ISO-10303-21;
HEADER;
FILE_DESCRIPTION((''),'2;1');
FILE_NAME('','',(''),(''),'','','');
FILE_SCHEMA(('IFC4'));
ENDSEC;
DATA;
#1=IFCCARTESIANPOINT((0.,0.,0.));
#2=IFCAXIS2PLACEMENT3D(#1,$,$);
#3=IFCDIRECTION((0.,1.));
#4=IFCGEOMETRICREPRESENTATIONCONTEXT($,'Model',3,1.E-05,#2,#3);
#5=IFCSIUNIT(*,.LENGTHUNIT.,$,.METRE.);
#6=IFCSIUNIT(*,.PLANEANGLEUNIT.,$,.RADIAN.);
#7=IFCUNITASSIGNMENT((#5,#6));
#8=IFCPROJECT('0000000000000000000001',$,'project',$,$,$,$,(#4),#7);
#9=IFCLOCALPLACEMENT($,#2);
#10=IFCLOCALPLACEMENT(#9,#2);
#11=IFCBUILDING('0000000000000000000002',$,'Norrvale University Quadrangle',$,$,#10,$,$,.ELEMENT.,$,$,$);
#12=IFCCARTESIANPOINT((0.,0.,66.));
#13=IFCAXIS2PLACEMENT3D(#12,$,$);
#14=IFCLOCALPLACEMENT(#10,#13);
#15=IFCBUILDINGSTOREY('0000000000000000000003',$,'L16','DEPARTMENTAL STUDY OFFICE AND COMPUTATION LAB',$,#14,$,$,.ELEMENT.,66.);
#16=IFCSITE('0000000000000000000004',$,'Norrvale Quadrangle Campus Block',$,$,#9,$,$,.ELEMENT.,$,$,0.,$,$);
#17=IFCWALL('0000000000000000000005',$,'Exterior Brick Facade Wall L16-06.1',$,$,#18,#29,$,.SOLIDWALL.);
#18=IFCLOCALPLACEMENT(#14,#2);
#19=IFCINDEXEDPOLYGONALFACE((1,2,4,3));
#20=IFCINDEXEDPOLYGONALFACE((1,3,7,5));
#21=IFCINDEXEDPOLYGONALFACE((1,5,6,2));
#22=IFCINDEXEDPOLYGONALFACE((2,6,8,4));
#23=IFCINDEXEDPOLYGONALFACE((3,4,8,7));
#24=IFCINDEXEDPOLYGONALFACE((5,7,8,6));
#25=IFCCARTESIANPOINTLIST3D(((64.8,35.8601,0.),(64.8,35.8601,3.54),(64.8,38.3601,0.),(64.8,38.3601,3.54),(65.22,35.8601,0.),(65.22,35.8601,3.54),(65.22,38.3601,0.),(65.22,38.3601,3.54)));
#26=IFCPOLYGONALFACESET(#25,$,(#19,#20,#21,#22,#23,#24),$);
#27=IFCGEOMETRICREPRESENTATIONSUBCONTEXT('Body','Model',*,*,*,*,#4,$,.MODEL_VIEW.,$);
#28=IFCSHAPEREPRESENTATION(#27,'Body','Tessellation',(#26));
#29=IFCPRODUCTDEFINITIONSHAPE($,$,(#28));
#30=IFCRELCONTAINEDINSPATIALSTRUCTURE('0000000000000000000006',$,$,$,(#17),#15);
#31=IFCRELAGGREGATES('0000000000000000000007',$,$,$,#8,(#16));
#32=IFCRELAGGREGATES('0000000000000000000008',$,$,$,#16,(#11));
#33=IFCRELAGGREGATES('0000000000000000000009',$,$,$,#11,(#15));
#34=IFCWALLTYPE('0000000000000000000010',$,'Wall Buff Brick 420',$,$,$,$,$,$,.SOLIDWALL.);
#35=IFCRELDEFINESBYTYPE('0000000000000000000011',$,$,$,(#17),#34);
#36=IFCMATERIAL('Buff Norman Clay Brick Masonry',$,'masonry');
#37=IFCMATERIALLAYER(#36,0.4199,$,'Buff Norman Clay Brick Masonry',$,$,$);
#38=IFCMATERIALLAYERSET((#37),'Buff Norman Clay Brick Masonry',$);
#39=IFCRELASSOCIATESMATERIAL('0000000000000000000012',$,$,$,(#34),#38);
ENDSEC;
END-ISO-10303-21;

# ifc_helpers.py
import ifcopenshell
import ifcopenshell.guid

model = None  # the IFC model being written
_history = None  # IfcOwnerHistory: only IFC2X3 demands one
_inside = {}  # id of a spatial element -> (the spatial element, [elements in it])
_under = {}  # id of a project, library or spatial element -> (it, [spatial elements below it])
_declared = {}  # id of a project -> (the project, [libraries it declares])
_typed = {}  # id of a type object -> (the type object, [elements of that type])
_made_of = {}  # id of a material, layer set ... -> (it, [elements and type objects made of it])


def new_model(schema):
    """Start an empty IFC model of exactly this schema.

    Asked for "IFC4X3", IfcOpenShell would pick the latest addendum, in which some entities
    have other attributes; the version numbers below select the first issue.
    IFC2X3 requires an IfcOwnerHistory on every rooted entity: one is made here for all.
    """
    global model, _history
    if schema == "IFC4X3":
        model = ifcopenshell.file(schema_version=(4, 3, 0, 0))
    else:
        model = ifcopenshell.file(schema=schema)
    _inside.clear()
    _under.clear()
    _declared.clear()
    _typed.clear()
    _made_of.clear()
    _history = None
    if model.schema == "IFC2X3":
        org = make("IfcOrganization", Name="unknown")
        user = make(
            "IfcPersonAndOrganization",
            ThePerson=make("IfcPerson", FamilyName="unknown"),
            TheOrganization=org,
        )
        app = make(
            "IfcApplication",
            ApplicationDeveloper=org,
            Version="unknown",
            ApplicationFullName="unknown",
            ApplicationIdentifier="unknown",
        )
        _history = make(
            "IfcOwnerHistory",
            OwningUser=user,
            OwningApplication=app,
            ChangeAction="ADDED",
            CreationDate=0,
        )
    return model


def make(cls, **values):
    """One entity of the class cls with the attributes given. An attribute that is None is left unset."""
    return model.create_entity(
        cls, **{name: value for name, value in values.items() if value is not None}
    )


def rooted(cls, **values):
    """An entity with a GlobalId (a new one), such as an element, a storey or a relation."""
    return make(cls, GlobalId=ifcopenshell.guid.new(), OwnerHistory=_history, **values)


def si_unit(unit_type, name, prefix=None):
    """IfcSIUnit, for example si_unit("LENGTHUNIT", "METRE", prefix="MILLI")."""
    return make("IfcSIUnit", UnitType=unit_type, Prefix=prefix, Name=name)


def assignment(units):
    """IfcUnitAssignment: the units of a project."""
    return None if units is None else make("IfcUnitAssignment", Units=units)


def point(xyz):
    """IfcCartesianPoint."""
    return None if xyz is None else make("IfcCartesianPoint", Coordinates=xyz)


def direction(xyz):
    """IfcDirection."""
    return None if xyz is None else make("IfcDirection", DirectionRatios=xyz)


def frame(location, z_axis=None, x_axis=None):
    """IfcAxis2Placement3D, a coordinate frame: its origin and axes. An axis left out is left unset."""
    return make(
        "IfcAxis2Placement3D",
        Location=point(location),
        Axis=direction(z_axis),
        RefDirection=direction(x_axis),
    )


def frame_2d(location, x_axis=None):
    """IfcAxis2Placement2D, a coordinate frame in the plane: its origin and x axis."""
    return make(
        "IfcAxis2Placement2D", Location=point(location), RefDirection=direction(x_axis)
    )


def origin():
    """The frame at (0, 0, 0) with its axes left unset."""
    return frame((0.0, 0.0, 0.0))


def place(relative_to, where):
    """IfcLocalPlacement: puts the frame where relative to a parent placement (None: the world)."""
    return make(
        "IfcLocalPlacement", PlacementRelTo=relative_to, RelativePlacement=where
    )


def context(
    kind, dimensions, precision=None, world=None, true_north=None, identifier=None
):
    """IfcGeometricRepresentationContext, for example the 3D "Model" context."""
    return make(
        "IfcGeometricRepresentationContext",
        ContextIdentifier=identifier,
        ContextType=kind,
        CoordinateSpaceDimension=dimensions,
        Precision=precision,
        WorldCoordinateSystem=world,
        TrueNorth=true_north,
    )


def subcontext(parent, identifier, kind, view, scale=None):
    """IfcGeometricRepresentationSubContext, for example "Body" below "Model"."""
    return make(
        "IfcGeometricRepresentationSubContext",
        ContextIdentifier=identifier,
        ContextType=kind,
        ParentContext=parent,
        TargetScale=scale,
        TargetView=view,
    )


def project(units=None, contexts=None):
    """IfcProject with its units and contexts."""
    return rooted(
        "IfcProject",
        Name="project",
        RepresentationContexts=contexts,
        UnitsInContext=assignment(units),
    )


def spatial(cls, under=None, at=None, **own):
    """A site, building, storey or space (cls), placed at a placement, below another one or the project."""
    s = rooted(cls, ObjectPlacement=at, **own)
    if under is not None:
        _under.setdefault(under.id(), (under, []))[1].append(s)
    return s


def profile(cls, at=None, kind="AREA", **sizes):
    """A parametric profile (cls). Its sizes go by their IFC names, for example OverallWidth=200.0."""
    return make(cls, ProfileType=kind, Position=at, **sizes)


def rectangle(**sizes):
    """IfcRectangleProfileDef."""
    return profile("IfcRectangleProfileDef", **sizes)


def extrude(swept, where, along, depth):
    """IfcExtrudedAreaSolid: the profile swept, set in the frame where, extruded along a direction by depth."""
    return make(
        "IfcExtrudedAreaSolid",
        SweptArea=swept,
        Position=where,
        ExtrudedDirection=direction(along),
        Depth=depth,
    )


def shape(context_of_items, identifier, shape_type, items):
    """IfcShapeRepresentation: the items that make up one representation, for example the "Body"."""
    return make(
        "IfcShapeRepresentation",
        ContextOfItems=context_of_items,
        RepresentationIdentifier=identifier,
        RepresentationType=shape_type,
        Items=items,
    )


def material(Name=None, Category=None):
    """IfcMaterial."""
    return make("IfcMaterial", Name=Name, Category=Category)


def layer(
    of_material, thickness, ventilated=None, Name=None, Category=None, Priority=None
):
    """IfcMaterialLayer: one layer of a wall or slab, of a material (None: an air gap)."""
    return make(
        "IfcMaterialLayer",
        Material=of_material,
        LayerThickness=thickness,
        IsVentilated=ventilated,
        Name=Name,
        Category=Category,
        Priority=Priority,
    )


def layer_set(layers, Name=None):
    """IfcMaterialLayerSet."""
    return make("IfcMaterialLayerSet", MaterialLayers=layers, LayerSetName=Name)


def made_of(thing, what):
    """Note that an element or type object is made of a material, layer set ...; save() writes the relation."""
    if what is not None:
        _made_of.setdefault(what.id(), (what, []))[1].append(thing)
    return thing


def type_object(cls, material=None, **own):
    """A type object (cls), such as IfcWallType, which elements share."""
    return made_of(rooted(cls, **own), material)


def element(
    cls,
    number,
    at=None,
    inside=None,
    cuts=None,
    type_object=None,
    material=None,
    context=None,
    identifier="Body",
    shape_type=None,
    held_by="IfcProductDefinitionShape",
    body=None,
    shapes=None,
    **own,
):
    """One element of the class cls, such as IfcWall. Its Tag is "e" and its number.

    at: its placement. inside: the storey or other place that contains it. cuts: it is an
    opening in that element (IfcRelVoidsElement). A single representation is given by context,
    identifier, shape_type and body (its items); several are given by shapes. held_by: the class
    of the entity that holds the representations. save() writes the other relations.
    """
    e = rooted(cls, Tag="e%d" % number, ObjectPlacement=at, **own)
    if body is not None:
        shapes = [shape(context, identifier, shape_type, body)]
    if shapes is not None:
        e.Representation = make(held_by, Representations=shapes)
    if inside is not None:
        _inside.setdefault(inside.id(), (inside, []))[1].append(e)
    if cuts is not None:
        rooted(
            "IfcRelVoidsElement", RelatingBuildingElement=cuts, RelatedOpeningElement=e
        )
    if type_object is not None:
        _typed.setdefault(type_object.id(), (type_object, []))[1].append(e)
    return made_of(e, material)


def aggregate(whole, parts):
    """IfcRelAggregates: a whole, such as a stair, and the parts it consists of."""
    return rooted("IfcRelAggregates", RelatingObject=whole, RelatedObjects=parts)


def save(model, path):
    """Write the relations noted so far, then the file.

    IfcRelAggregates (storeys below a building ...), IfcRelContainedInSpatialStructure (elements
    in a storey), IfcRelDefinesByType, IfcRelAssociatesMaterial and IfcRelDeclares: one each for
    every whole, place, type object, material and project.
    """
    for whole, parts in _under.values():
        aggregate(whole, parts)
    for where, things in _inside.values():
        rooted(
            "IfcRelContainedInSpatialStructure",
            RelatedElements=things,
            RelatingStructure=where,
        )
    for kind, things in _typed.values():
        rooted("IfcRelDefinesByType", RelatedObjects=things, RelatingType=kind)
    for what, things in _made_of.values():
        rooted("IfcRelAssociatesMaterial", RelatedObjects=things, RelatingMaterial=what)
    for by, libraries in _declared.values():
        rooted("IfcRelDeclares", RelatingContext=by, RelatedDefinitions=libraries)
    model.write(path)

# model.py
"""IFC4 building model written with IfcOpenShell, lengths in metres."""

from ifc_helpers import new_model, si_unit, direction, frame, frame_2d, origin, place, context, subcontext, project, spatial, rectangle, extrude, material, layer, layer_set, type_object, element, save


model = new_model("IFC4")

# Units and contexts
model_context = context("Model", 3, precision=1e-05, world=origin(), true_north=direction((0.0, 1.0)))
body_context = subcontext(model_context, "Body", "Model", "MODEL_VIEW")
ifc_project = project(units=[si_unit("LENGTHUNIT", "METRE"), si_unit("PLANEANGLEUNIT", "RADIAN")], contexts=[model_context])

# Site, building, storey
site_placement = place(None, origin())
site = spatial("IfcSite", under=ifc_project, at=site_placement, Name="Norrvale Quadrangle Campus Block", CompositionType="ELEMENT", RefElevation=0.0)
building_placement = place(site_placement, origin())
building = spatial("IfcBuilding", under=site, at=building_placement, Name="Norrvale University Quadrangle", CompositionType="ELEMENT")
storey_placement = place(building_placement, frame((0.0, 0.0, 66.0)))
storey = spatial("IfcBuildingStorey", under=building, at=storey_placement, Name="L16", Description="DEPARTMENTAL STUDY OFFICE AND COMPUTATION LAB", CompositionType="ELEMENT", Elevation=66.0)

# Wall
ifc_material_1 = material(Name="Buff Norman Clay Brick Masonry", Category="masonry")
ifc_layer = layer(ifc_material_1, 0.4199, Name="Buff Norman Clay Brick Masonry")
ifc_layer_set = layer_set([ifc_layer], Name="Buff Norman Clay Brick Masonry")
wall_type = type_object("IfcWallType", Name="Wall Buff Brick 420", PredefinedType="SOLIDWALL", material=ifc_layer_set)
for number, where, z_axis, x_axis, name in (
    (1, (65.01, 35.8601, 0.0), (0.0, 0.0, 1.0), (0.0, 1.0, 0.0), "Exterior Brick Facade Wall L16-06.1"),
):
    element("IfcWall", number, at=place(storey_placement, frame(where, z_axis=z_axis, x_axis=x_axis)), inside=storey, type_object=wall_type, Name=name, PredefinedType="SOLIDWALL", context=body_context, shape_type="SweptSolid", body=[
        extrude(rectangle(XDim=2.5, YDim=0.4199, at=frame_2d((1.25, 0.0))), origin(), (0.0, 0.0, 1.0), 3.54),
    ])

save(model, "model.ifc")
